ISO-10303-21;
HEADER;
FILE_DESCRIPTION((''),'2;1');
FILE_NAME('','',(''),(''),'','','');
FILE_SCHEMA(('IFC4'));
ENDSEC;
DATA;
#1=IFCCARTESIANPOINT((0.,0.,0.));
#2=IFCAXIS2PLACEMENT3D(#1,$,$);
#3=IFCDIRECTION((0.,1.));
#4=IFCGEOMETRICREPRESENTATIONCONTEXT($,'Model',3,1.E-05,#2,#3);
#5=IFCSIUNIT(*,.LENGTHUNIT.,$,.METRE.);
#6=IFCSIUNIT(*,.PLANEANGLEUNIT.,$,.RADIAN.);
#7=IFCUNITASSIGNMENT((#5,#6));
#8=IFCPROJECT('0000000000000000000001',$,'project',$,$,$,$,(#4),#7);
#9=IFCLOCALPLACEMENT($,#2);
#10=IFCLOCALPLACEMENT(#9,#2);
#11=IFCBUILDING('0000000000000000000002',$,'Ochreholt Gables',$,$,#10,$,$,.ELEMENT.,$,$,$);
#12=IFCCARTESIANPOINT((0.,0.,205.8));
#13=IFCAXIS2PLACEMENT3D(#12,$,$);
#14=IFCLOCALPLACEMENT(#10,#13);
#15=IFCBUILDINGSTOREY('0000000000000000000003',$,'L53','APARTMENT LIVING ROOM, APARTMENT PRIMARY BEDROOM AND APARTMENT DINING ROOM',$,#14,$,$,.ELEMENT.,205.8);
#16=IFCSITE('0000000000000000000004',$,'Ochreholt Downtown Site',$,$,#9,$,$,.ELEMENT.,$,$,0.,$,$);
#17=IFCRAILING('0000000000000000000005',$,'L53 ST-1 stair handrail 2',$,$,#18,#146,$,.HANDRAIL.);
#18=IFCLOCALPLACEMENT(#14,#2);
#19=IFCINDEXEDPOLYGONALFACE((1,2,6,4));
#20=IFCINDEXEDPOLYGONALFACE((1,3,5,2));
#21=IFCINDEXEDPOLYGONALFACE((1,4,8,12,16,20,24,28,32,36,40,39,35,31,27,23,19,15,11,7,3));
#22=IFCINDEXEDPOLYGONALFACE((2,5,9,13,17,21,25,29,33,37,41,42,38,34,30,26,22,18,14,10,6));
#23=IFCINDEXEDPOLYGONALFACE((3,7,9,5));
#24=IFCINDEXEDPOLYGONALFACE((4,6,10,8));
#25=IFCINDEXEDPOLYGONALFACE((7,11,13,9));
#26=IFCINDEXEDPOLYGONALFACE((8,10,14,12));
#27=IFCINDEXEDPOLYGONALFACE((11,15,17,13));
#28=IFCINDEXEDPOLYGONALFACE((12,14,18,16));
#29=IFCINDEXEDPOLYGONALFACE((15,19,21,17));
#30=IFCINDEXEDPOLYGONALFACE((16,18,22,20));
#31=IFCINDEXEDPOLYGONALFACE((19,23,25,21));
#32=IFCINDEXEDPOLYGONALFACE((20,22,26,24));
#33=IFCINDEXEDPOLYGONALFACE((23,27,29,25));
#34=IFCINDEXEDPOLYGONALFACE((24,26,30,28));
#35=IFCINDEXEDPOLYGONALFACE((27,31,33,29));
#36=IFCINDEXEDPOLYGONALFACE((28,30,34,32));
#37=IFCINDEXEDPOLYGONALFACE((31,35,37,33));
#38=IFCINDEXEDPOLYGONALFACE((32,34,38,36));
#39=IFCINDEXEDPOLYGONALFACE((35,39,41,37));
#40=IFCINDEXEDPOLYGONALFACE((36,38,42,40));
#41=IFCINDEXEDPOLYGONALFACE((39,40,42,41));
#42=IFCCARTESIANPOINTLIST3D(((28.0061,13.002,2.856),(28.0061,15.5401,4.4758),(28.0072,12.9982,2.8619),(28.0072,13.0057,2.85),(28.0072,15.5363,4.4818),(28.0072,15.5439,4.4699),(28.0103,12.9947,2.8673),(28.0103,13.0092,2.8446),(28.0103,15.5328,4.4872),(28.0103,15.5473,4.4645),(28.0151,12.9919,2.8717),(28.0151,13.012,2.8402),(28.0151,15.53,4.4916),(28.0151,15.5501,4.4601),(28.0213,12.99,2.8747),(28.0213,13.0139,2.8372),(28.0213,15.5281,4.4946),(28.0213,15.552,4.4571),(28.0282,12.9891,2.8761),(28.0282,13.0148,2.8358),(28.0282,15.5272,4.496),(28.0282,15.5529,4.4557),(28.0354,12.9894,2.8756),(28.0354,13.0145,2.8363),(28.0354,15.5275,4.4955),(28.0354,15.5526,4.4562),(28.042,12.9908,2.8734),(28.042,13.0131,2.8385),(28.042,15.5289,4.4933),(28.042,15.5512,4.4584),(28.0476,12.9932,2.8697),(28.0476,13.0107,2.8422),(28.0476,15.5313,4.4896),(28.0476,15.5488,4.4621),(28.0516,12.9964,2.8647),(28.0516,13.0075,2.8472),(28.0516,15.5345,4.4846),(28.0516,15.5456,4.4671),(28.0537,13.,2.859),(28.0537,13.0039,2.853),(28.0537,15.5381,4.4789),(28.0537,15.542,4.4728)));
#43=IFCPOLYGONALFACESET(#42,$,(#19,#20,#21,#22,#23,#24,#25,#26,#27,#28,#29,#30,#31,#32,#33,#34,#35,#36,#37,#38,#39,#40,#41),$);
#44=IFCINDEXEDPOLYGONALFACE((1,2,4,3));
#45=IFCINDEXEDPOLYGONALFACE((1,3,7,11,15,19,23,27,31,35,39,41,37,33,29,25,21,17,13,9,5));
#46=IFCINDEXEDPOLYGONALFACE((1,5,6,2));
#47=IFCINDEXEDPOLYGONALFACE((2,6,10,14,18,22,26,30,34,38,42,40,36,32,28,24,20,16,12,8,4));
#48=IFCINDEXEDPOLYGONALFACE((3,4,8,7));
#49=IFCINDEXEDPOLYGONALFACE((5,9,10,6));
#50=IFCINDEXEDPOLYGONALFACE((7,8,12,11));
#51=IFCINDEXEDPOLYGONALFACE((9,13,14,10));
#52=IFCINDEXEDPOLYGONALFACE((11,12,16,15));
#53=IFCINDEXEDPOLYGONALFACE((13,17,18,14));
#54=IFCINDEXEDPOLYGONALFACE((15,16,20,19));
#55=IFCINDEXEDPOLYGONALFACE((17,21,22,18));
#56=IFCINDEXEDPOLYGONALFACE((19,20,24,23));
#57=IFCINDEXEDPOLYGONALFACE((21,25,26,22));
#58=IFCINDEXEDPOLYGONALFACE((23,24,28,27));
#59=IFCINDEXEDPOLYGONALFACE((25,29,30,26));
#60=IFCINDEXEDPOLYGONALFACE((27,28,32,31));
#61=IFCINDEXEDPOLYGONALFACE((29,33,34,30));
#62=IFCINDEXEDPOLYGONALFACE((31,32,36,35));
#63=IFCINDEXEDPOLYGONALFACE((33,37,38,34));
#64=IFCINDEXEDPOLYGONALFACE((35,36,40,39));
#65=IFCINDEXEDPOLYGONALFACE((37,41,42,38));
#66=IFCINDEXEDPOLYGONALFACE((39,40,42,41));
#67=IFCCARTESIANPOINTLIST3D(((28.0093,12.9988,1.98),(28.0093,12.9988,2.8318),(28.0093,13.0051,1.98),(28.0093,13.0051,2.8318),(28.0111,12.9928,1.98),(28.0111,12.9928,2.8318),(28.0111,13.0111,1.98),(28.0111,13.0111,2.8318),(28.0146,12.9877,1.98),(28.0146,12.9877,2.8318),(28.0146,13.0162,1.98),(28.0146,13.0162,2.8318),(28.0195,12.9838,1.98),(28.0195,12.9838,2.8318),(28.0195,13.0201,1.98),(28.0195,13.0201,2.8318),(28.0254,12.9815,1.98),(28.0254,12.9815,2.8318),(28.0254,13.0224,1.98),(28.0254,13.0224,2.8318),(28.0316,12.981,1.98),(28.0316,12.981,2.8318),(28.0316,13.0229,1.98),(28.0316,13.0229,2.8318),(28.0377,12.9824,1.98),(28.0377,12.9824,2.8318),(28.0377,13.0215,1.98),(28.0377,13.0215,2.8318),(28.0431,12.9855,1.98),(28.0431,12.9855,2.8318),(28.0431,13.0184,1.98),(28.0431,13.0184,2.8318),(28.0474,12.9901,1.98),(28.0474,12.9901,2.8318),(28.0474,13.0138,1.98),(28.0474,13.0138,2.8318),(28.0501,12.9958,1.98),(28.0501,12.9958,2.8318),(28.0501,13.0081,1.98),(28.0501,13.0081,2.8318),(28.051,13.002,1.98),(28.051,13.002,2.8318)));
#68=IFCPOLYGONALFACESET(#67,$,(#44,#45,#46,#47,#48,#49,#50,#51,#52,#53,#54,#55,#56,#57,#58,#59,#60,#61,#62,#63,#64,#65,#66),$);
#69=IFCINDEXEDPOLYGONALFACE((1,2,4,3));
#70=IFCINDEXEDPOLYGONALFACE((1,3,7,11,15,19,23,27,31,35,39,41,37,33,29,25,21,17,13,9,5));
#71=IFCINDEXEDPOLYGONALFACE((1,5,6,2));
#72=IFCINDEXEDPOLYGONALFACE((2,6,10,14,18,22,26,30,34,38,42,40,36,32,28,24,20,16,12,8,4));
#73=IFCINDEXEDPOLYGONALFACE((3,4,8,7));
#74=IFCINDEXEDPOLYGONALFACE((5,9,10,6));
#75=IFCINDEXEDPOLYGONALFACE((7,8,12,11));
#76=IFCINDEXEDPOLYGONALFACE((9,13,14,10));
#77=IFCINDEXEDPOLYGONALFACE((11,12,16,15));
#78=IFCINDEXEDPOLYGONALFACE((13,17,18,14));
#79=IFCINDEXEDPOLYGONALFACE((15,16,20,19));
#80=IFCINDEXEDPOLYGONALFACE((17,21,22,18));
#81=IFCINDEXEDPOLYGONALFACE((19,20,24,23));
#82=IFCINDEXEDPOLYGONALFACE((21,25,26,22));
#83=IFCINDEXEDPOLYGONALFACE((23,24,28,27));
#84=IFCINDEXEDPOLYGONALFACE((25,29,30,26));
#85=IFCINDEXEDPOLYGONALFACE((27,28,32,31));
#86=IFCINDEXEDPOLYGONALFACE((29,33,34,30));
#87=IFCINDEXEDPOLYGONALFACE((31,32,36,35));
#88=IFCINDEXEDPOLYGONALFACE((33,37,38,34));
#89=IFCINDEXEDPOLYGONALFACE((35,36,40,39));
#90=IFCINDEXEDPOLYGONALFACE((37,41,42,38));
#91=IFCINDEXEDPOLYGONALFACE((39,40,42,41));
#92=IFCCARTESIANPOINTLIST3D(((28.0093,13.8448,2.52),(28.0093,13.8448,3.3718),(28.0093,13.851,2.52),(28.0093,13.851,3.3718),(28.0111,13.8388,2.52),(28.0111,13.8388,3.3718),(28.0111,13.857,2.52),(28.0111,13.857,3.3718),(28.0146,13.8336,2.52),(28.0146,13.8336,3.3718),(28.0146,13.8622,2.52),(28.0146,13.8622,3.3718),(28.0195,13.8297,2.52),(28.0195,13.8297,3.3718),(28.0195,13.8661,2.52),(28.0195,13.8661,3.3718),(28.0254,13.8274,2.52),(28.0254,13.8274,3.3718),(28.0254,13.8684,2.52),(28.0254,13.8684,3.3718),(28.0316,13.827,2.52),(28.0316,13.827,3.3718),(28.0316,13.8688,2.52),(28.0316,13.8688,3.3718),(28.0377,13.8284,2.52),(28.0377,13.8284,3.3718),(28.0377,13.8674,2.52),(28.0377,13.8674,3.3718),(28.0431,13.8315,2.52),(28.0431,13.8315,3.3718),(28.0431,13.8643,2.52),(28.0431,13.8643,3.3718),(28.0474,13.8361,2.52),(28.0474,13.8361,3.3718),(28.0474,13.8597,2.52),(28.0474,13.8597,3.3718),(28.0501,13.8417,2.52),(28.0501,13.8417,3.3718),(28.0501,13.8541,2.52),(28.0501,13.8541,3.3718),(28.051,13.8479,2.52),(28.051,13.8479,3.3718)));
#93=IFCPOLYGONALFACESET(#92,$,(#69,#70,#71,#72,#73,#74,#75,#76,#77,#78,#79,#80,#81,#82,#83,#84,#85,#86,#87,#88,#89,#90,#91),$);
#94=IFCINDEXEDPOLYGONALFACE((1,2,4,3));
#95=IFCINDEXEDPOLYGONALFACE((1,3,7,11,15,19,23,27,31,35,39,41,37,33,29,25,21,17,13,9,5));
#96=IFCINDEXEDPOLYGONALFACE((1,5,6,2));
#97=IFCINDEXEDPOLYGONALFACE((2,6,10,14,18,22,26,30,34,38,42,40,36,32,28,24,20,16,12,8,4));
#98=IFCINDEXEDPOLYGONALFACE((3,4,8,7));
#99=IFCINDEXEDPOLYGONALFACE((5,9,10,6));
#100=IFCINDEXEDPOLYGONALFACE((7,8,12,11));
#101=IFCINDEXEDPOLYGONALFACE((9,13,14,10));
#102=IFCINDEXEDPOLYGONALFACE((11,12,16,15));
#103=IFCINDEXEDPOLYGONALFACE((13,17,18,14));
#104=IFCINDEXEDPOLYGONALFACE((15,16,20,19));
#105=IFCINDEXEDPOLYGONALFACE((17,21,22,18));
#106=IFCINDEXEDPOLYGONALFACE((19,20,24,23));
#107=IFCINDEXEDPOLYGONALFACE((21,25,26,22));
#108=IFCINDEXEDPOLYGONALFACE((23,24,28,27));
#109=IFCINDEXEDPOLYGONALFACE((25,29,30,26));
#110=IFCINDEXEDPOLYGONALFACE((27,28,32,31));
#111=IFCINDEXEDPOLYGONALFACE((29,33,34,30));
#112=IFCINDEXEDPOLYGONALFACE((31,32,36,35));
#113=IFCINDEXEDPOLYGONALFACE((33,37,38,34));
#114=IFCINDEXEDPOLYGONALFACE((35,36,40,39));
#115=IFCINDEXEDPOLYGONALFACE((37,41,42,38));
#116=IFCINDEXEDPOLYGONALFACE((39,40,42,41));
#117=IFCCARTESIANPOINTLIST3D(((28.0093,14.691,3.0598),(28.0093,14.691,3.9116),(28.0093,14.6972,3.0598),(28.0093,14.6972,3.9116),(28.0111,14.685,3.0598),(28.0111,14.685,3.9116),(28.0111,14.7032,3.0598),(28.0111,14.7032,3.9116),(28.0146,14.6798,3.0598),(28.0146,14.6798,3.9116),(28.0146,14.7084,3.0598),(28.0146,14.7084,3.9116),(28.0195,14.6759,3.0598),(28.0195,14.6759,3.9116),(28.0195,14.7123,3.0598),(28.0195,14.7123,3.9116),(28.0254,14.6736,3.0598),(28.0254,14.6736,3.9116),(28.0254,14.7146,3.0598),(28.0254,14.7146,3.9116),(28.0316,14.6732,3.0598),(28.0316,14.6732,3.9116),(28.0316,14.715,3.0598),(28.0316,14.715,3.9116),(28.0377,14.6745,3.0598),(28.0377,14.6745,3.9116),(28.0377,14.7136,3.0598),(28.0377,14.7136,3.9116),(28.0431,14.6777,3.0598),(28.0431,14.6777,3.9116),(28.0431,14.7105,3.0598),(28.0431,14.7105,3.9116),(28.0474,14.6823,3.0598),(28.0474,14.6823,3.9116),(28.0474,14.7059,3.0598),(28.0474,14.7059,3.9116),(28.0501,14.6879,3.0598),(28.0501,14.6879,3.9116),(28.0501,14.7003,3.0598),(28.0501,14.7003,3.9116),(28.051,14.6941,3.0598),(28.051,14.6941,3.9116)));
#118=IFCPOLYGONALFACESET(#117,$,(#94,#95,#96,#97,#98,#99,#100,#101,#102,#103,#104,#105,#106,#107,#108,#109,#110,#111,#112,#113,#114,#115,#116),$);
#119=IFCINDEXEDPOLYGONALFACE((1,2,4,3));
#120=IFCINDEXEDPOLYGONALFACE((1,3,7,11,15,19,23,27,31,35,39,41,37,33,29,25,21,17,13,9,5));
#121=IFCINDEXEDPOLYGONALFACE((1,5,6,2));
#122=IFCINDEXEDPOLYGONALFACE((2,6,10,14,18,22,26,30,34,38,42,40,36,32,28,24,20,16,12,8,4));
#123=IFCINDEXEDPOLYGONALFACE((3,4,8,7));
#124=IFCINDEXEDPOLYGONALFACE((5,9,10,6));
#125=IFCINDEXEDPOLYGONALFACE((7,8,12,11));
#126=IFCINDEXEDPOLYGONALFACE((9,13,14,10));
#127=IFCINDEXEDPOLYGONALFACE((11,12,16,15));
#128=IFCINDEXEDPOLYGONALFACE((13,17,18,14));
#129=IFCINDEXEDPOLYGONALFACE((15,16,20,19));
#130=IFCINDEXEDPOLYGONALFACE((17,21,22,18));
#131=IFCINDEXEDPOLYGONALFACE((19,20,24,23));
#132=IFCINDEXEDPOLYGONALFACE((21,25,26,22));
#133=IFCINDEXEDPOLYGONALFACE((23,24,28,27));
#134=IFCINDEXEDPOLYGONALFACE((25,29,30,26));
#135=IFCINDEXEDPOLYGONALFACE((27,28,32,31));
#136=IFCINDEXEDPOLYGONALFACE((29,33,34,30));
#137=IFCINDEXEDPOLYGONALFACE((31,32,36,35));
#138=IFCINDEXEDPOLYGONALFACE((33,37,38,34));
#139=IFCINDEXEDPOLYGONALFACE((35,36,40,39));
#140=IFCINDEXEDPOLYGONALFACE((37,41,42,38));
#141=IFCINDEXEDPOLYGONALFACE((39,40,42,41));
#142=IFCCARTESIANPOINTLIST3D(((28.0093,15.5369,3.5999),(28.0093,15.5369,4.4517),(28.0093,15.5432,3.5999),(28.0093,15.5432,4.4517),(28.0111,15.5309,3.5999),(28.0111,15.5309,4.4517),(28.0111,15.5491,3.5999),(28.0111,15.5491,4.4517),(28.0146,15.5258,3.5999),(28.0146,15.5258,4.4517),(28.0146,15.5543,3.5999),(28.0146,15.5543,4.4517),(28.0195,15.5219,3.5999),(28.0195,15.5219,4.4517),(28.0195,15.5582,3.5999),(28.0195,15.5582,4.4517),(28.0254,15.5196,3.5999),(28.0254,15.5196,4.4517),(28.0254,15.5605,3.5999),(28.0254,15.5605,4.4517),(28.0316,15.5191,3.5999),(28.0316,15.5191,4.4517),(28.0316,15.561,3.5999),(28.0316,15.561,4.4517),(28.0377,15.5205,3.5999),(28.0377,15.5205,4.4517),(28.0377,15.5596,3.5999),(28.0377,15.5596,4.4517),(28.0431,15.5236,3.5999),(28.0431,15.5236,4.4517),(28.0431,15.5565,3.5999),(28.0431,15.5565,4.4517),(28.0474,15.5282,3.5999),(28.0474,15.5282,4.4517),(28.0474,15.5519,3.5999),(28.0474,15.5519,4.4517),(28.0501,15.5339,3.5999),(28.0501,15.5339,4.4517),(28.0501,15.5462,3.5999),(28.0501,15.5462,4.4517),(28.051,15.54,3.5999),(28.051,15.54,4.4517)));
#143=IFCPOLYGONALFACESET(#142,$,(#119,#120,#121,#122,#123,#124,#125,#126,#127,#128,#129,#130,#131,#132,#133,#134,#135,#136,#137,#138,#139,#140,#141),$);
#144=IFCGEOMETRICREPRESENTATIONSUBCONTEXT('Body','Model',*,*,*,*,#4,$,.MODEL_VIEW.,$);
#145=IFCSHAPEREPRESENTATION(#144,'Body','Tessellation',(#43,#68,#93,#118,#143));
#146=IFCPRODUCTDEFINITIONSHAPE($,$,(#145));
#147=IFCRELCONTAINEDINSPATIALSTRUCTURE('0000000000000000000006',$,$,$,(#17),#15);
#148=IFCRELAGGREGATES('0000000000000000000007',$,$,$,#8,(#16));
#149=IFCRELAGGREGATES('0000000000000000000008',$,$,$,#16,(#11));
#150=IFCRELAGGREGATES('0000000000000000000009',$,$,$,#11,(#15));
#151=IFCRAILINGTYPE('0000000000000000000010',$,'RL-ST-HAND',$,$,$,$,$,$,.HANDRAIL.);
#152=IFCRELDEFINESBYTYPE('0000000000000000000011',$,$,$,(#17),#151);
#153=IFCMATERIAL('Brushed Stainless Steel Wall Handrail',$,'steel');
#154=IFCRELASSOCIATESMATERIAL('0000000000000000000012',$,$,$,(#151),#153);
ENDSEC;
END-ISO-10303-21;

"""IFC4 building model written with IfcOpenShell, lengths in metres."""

from ifc_helpers import new_model, si_unit, direction, frame, origin, origin_2d, place, context, subcontext, project, spatial, circle, extrude, material, type_object, element, save


model = new_model("IFC4")

# Units and contexts
model_context = context("Model", 3, precision=1e-05, world=origin(), true_north=direction((0.0, 1.0)))
body_context = subcontext(model_context, "Body", "Model", "MODEL_VIEW")
ifc_project = project(units=[si_unit("LENGTHUNIT", "METRE"), si_unit("PLANEANGLEUNIT", "RADIAN")], contexts=[model_context])

# Site, building, storey
site_placement = place(None, origin())
site = spatial("IfcSite", under=ifc_project, at=site_placement, Name="Ochreholt Downtown Site", CompositionType="ELEMENT", RefElevation=0.0)
building_placement = place(site_placement, origin())
building = spatial("IfcBuilding", under=site, at=building_placement, Name="Ochreholt Gables", CompositionType="ELEMENT")
storey_placement = place(building_placement, frame((0.0, 0.0, 205.8)))
storey = spatial("IfcBuildingStorey", under=building, at=storey_placement, Name="L53", Description="APARTMENT LIVING ROOM, APARTMENT PRIMARY BEDROOM AND APARTMENT DINING ROOM", CompositionType="ELEMENT", Elevation=205.8)

# Railing
ifc_material_1 = material(Name="Brushed Stainless Steel Wall Handrail", Category="steel")
railing_type_1 = type_object("IfcRailingType", Name="RL-ST-HAND", PredefinedType="HANDRAIL", material=ifc_material_1)
railing_1_placement = place(storey_placement, frame((28.03, 13.002, 1.98)))
element("IfcRailing", 1, at=railing_1_placement, inside=storey, type_object=railing_type_1, Name="L53 ST-1 stair handrail 2", PredefinedType="HANDRAIL", context=body_context, shape_type="SweptSolid", body=[
    extrude(circle(Radius=0.0239, at=origin_2d()), frame((0.0, 0.0, 0.876), z_axis=(0.0, 0.84295, 0.537993), x_axis=(-1.0, 0.0, 0.0)), (0.0, 0.0, 1.0), 3.011),
    extrude(circle(Radius=0.021, at=origin_2d()), origin(), (0.0, 0.0, 1.0), 0.8518),
    extrude(circle(Radius=0.021, at=origin_2d()), frame((0.0, 0.8459, 0.54)), (0.0, 0.0, 1.0), 0.8518),
    extrude(circle(Radius=0.021, at=origin_2d()), frame((0.0, 1.6921, 1.0798)), (0.0, 0.0, 1.0), 0.8518),
    extrude(circle(Radius=0.021, at=origin_2d()), frame((0.0, 2.5381, 1.6199)), (0.0, 0.0, 1.0), 0.8518),
])

save(model, "model.ifc")
